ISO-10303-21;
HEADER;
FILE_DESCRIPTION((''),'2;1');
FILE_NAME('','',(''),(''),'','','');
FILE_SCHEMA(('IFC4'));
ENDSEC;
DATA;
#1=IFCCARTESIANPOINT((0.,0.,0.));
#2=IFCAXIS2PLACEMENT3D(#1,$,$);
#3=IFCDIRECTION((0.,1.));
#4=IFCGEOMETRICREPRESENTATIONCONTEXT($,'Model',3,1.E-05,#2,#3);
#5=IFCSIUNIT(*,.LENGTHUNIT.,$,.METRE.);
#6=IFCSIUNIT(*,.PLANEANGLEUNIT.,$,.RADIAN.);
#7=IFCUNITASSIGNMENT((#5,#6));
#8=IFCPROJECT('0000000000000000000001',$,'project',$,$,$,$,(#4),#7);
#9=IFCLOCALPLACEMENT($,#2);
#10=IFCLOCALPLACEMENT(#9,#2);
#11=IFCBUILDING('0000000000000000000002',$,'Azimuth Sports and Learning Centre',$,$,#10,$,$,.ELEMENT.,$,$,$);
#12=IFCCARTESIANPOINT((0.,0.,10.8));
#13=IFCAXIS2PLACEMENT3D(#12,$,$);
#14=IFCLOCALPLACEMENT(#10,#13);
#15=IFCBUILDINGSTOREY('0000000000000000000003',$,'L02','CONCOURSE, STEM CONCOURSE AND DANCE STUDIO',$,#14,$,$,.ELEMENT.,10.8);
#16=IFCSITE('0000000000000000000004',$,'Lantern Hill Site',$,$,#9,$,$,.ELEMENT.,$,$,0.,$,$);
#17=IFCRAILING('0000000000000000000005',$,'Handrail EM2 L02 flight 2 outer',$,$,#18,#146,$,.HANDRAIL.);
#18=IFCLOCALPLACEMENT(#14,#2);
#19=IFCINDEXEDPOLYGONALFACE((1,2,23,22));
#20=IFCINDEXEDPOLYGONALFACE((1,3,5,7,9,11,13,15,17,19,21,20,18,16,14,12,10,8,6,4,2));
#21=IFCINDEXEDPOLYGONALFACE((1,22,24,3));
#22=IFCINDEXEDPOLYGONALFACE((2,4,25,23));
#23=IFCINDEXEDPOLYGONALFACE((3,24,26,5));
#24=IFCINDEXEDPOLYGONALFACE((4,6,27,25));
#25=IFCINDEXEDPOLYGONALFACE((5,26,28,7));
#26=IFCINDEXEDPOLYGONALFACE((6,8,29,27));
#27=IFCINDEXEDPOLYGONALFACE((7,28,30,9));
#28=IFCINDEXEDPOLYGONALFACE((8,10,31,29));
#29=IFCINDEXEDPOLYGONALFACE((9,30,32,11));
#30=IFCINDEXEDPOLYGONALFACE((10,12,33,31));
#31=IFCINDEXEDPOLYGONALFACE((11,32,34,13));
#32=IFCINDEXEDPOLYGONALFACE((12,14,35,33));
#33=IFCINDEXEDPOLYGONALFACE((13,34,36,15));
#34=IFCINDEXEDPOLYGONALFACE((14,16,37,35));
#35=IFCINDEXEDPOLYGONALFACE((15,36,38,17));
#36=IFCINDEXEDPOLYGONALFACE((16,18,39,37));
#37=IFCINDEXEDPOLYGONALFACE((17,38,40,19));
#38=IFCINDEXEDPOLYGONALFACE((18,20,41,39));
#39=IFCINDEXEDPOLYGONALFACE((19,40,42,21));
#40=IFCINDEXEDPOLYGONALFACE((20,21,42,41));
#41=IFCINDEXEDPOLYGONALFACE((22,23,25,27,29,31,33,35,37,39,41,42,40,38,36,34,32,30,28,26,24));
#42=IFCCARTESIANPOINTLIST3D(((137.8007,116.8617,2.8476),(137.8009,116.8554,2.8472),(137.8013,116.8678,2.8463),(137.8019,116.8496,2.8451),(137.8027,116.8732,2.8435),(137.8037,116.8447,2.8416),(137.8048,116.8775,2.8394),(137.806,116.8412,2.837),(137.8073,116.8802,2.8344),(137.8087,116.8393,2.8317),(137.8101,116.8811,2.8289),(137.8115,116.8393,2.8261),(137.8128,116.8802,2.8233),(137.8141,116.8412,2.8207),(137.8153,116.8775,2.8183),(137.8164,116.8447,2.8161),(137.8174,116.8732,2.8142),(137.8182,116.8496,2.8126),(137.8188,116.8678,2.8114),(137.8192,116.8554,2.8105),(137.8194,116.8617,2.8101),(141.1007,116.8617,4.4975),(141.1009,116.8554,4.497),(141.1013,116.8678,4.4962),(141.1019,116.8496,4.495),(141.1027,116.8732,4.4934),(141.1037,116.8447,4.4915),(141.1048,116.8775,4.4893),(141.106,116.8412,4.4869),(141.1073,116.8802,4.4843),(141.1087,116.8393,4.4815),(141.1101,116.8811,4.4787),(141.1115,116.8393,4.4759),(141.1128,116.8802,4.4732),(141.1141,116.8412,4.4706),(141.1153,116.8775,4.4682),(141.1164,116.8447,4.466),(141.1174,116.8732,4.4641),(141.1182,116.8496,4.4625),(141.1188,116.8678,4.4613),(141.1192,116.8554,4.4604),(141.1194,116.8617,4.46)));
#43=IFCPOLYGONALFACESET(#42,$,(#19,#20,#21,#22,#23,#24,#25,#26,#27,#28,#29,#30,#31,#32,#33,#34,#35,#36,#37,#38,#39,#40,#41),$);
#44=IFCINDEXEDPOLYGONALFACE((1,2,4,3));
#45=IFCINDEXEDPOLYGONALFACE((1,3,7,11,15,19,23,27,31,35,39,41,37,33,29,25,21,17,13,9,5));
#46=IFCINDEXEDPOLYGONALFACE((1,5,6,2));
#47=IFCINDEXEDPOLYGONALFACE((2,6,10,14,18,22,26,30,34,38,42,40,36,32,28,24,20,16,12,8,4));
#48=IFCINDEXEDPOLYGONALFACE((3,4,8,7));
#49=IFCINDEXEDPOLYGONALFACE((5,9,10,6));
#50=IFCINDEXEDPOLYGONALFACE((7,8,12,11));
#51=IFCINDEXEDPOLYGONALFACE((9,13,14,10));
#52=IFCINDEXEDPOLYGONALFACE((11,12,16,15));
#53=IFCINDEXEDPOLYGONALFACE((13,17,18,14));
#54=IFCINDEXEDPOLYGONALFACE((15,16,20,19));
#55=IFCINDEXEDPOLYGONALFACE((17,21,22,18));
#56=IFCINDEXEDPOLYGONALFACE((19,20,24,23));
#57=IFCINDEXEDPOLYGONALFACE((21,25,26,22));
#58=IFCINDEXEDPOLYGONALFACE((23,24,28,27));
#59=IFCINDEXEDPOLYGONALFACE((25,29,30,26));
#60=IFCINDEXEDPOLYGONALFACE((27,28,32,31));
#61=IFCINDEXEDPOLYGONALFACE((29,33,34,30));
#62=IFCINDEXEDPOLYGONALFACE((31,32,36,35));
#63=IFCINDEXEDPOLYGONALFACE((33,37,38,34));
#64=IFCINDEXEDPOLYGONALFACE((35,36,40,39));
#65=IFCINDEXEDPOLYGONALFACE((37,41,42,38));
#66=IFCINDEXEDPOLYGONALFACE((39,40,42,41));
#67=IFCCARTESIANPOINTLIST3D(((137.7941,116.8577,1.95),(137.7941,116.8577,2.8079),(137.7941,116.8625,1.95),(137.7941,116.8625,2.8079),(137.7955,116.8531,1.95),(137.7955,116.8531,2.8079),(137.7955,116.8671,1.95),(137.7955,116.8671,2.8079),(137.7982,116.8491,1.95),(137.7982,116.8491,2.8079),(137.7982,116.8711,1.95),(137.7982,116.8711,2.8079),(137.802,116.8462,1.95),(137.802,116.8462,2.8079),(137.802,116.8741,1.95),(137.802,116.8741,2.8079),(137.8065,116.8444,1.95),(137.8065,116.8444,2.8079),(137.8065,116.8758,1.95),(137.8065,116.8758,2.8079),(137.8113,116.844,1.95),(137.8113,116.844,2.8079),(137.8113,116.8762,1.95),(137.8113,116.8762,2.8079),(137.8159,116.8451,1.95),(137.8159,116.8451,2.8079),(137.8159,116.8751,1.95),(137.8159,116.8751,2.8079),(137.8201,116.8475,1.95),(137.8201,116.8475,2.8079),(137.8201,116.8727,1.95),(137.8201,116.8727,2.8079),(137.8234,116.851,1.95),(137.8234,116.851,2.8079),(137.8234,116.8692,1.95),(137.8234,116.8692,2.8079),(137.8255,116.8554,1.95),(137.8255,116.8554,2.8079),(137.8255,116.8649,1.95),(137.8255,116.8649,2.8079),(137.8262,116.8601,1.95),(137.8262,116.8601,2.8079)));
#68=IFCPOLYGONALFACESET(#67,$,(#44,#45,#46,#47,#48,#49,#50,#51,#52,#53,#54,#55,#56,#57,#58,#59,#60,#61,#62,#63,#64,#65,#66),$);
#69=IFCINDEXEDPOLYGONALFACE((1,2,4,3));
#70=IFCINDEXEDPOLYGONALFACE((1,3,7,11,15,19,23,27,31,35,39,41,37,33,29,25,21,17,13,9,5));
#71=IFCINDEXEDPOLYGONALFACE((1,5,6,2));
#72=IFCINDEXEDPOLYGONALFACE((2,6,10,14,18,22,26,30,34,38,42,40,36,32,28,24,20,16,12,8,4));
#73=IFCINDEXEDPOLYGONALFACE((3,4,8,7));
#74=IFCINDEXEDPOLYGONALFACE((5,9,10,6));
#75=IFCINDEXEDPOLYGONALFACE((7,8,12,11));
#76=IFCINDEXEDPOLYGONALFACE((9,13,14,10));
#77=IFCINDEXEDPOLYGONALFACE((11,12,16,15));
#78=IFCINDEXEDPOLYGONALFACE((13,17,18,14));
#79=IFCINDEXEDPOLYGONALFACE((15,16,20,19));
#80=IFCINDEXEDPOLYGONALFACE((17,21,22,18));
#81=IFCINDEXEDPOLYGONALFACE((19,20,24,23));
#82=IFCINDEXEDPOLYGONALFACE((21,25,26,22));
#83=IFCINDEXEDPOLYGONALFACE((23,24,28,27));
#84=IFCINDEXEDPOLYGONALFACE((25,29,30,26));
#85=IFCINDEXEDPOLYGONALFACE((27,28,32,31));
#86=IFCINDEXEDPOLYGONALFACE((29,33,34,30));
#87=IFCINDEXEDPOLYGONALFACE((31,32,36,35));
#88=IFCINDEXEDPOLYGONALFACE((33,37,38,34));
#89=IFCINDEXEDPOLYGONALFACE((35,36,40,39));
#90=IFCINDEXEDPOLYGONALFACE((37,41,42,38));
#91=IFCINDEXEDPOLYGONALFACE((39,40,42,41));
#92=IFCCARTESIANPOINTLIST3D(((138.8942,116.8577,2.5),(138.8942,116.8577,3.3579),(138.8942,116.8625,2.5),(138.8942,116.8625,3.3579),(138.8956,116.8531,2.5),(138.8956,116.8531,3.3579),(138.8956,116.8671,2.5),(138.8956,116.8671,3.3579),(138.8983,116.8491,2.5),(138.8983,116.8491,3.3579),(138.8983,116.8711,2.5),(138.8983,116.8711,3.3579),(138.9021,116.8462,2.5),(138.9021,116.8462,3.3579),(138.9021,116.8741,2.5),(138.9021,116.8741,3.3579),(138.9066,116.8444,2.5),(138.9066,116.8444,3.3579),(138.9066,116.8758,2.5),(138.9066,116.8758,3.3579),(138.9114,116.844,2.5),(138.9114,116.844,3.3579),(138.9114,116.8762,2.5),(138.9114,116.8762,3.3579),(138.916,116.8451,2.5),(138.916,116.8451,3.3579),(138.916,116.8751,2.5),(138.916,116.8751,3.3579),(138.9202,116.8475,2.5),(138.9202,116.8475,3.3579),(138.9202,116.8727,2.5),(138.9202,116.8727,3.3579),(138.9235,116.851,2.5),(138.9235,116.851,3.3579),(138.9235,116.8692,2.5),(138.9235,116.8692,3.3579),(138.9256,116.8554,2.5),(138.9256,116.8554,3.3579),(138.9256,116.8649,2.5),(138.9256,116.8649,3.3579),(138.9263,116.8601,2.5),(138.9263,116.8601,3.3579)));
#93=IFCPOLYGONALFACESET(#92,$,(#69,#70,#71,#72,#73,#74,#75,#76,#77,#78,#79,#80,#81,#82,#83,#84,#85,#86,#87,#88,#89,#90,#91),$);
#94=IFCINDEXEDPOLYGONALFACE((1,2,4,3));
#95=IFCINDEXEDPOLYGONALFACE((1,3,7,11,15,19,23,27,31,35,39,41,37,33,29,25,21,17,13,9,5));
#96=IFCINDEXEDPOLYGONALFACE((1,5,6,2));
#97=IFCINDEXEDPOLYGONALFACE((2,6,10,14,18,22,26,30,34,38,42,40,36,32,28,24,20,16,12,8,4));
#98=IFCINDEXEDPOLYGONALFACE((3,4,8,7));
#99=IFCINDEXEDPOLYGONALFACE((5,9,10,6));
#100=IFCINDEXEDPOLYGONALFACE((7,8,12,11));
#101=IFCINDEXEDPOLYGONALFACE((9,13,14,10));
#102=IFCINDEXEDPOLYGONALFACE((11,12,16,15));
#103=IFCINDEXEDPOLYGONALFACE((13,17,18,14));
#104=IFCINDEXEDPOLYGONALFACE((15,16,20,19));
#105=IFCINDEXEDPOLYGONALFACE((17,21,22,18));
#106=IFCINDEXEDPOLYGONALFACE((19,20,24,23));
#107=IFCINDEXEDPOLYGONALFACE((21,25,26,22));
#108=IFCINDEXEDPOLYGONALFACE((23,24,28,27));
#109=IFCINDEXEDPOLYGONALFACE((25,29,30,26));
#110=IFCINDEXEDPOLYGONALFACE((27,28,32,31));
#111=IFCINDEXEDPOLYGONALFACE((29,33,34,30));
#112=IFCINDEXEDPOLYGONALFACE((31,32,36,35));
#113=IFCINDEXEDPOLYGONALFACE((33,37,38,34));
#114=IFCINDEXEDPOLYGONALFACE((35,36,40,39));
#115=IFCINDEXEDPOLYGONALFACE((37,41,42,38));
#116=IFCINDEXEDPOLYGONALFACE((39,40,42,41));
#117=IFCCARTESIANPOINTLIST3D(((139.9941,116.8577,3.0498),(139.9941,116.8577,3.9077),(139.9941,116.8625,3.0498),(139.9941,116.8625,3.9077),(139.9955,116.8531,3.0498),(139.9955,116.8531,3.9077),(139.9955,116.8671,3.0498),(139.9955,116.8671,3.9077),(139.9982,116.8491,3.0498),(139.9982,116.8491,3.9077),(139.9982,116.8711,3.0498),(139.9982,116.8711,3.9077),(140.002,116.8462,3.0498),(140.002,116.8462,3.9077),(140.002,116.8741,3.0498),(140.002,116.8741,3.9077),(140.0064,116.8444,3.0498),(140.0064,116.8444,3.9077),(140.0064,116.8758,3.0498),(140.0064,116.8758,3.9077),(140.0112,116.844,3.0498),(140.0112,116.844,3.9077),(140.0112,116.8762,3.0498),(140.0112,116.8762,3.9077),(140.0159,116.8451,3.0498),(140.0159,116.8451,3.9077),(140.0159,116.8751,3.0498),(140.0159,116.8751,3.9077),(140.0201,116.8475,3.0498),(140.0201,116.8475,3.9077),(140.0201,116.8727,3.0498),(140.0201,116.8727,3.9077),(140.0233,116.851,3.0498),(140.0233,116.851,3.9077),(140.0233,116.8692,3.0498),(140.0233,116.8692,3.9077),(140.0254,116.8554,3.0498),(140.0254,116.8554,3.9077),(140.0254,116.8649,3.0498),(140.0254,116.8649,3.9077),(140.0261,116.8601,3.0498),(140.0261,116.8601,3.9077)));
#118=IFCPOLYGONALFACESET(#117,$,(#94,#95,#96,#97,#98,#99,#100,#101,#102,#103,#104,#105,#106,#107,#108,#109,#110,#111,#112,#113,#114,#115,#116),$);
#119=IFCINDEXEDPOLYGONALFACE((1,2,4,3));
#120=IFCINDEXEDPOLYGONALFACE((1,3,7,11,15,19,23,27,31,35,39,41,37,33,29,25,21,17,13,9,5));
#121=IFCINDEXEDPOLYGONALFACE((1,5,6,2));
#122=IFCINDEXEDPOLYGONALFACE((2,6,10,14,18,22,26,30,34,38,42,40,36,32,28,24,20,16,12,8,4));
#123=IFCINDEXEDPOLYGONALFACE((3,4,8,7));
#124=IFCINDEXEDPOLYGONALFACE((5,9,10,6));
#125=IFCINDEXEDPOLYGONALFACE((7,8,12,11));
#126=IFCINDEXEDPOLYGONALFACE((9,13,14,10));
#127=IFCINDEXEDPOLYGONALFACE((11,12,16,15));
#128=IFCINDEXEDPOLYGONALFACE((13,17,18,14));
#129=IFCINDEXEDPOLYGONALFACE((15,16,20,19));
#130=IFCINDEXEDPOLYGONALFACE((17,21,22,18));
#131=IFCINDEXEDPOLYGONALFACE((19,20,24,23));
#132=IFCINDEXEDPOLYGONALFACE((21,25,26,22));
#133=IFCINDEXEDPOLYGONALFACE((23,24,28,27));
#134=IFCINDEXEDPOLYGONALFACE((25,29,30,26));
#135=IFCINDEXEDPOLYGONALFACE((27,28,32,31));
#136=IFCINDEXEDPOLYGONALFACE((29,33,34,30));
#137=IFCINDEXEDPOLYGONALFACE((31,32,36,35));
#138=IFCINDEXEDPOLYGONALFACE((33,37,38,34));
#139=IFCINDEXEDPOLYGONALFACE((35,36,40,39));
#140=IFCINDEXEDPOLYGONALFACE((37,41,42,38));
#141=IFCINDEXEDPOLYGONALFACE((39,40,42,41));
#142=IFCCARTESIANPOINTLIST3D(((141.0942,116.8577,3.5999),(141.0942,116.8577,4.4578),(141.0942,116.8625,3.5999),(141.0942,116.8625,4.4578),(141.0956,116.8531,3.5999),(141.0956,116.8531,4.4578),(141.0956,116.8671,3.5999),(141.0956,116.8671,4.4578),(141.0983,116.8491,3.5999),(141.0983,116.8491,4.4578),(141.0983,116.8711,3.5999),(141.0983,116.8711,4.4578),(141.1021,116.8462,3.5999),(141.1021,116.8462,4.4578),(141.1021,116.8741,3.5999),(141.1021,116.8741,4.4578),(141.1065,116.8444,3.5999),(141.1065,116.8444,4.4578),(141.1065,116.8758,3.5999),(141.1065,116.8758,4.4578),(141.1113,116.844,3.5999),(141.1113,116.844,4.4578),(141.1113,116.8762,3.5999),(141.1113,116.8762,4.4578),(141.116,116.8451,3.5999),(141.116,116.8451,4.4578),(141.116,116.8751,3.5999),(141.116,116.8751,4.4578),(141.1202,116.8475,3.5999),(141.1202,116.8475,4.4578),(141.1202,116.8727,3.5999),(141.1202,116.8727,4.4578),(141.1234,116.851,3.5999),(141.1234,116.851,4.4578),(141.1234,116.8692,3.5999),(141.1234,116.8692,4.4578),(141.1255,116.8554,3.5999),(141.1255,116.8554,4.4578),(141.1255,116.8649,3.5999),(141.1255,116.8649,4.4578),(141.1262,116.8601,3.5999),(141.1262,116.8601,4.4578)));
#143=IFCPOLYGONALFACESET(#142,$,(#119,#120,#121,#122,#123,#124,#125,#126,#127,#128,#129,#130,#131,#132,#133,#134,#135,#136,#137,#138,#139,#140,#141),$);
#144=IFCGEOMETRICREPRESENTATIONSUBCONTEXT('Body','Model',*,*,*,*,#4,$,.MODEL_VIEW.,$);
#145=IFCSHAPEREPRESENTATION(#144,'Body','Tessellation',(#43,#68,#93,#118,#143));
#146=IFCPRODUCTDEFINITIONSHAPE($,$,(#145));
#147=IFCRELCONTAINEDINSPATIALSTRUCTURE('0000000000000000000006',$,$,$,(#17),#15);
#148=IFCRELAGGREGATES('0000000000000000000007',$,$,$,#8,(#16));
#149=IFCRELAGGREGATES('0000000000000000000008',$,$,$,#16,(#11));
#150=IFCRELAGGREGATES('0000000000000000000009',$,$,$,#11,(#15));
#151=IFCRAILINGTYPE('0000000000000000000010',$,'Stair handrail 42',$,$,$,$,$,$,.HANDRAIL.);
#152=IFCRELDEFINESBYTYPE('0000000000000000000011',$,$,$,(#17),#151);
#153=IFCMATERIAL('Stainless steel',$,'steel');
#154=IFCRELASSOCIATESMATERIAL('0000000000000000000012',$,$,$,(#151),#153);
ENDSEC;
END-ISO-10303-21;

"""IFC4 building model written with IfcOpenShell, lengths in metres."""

from ifc_helpers import new_model, si_unit, direction, frame, origin, origin_2d, place, context, subcontext, project, spatial, circle, extrude, material, type_object, element, save


model = new_model("IFC4")

# Units and contexts
model_context = context("Model", 3, precision=1e-05, world=origin(), true_north=direction((0.0, 1.0)))
body_context = subcontext(model_context, "Body", "Model", "MODEL_VIEW")
ifc_project = project(units=[si_unit("LENGTHUNIT", "METRE"), si_unit("PLANEANGLEUNIT", "RADIAN")], contexts=[model_context])

# Site, building, storey
site_placement = place(None, origin())
site = spatial("IfcSite", under=ifc_project, at=site_placement, Name="Lantern Hill Site", CompositionType="ELEMENT", RefElevation=0.0)
building_placement = place(site_placement, origin())
building = spatial("IfcBuilding", under=site, at=building_placement, Name="Azimuth Sports and Learning Centre", CompositionType="ELEMENT")
storey_placement = place(building_placement, frame((0.0, 0.0, 10.8)))
storey = spatial("IfcBuildingStorey", under=building, at=storey_placement, Name="L02", Description="CONCOURSE, STEM CONCOURSE AND DANCE STUDIO", CompositionType="ELEMENT", Elevation=10.8)

# Railing
ifc_material_1 = material(Name="Stainless steel", Category="steel")
railing_type = type_object("IfcRailingType", Name="Stair handrail 42", PredefinedType="HANDRAIL", material=ifc_material_1)
for number, where, name in (
    (1, (137.8101, 116.8601, 1.95), "Handrail EM2 L02 flight 2 outer"),
):
    element("IfcRailing", number, at=place(storey_placement, frame(where)), inside=storey, type_object=railing_type, Name=name, PredefinedType="HANDRAIL", context=body_context, shape_type="SweptSolid", body=[
        extrude(circle(Radius=0.021, at=origin_2d()), frame((0.0, 0.0, 0.8789), z_axis=(0.89444, 0.0, 0.447187), x_axis=(0.0, 1.0, 0.0)), (0.0, 0.0, 1.0), 3.6895),
        extrude(circle(Radius=0.0161, at=origin_2d()), origin(), (0.0, 0.0, 1.0), 0.8579),
        extrude(circle(Radius=0.0161, at=origin_2d()), frame((1.1001, 0.0, 0.55)), (0.0, 0.0, 1.0), 0.8579),
        extrude(circle(Radius=0.0161, at=origin_2d()), frame((2.2, 0.0, 1.0999)), (0.0, 0.0, 1.0), 0.8579),
        extrude(circle(Radius=0.0161, at=origin_2d()), frame((3.3, 0.0, 1.6499)), (0.0, 0.0, 1.0), 0.8579),
    ])

save(model, "model.ifc")
